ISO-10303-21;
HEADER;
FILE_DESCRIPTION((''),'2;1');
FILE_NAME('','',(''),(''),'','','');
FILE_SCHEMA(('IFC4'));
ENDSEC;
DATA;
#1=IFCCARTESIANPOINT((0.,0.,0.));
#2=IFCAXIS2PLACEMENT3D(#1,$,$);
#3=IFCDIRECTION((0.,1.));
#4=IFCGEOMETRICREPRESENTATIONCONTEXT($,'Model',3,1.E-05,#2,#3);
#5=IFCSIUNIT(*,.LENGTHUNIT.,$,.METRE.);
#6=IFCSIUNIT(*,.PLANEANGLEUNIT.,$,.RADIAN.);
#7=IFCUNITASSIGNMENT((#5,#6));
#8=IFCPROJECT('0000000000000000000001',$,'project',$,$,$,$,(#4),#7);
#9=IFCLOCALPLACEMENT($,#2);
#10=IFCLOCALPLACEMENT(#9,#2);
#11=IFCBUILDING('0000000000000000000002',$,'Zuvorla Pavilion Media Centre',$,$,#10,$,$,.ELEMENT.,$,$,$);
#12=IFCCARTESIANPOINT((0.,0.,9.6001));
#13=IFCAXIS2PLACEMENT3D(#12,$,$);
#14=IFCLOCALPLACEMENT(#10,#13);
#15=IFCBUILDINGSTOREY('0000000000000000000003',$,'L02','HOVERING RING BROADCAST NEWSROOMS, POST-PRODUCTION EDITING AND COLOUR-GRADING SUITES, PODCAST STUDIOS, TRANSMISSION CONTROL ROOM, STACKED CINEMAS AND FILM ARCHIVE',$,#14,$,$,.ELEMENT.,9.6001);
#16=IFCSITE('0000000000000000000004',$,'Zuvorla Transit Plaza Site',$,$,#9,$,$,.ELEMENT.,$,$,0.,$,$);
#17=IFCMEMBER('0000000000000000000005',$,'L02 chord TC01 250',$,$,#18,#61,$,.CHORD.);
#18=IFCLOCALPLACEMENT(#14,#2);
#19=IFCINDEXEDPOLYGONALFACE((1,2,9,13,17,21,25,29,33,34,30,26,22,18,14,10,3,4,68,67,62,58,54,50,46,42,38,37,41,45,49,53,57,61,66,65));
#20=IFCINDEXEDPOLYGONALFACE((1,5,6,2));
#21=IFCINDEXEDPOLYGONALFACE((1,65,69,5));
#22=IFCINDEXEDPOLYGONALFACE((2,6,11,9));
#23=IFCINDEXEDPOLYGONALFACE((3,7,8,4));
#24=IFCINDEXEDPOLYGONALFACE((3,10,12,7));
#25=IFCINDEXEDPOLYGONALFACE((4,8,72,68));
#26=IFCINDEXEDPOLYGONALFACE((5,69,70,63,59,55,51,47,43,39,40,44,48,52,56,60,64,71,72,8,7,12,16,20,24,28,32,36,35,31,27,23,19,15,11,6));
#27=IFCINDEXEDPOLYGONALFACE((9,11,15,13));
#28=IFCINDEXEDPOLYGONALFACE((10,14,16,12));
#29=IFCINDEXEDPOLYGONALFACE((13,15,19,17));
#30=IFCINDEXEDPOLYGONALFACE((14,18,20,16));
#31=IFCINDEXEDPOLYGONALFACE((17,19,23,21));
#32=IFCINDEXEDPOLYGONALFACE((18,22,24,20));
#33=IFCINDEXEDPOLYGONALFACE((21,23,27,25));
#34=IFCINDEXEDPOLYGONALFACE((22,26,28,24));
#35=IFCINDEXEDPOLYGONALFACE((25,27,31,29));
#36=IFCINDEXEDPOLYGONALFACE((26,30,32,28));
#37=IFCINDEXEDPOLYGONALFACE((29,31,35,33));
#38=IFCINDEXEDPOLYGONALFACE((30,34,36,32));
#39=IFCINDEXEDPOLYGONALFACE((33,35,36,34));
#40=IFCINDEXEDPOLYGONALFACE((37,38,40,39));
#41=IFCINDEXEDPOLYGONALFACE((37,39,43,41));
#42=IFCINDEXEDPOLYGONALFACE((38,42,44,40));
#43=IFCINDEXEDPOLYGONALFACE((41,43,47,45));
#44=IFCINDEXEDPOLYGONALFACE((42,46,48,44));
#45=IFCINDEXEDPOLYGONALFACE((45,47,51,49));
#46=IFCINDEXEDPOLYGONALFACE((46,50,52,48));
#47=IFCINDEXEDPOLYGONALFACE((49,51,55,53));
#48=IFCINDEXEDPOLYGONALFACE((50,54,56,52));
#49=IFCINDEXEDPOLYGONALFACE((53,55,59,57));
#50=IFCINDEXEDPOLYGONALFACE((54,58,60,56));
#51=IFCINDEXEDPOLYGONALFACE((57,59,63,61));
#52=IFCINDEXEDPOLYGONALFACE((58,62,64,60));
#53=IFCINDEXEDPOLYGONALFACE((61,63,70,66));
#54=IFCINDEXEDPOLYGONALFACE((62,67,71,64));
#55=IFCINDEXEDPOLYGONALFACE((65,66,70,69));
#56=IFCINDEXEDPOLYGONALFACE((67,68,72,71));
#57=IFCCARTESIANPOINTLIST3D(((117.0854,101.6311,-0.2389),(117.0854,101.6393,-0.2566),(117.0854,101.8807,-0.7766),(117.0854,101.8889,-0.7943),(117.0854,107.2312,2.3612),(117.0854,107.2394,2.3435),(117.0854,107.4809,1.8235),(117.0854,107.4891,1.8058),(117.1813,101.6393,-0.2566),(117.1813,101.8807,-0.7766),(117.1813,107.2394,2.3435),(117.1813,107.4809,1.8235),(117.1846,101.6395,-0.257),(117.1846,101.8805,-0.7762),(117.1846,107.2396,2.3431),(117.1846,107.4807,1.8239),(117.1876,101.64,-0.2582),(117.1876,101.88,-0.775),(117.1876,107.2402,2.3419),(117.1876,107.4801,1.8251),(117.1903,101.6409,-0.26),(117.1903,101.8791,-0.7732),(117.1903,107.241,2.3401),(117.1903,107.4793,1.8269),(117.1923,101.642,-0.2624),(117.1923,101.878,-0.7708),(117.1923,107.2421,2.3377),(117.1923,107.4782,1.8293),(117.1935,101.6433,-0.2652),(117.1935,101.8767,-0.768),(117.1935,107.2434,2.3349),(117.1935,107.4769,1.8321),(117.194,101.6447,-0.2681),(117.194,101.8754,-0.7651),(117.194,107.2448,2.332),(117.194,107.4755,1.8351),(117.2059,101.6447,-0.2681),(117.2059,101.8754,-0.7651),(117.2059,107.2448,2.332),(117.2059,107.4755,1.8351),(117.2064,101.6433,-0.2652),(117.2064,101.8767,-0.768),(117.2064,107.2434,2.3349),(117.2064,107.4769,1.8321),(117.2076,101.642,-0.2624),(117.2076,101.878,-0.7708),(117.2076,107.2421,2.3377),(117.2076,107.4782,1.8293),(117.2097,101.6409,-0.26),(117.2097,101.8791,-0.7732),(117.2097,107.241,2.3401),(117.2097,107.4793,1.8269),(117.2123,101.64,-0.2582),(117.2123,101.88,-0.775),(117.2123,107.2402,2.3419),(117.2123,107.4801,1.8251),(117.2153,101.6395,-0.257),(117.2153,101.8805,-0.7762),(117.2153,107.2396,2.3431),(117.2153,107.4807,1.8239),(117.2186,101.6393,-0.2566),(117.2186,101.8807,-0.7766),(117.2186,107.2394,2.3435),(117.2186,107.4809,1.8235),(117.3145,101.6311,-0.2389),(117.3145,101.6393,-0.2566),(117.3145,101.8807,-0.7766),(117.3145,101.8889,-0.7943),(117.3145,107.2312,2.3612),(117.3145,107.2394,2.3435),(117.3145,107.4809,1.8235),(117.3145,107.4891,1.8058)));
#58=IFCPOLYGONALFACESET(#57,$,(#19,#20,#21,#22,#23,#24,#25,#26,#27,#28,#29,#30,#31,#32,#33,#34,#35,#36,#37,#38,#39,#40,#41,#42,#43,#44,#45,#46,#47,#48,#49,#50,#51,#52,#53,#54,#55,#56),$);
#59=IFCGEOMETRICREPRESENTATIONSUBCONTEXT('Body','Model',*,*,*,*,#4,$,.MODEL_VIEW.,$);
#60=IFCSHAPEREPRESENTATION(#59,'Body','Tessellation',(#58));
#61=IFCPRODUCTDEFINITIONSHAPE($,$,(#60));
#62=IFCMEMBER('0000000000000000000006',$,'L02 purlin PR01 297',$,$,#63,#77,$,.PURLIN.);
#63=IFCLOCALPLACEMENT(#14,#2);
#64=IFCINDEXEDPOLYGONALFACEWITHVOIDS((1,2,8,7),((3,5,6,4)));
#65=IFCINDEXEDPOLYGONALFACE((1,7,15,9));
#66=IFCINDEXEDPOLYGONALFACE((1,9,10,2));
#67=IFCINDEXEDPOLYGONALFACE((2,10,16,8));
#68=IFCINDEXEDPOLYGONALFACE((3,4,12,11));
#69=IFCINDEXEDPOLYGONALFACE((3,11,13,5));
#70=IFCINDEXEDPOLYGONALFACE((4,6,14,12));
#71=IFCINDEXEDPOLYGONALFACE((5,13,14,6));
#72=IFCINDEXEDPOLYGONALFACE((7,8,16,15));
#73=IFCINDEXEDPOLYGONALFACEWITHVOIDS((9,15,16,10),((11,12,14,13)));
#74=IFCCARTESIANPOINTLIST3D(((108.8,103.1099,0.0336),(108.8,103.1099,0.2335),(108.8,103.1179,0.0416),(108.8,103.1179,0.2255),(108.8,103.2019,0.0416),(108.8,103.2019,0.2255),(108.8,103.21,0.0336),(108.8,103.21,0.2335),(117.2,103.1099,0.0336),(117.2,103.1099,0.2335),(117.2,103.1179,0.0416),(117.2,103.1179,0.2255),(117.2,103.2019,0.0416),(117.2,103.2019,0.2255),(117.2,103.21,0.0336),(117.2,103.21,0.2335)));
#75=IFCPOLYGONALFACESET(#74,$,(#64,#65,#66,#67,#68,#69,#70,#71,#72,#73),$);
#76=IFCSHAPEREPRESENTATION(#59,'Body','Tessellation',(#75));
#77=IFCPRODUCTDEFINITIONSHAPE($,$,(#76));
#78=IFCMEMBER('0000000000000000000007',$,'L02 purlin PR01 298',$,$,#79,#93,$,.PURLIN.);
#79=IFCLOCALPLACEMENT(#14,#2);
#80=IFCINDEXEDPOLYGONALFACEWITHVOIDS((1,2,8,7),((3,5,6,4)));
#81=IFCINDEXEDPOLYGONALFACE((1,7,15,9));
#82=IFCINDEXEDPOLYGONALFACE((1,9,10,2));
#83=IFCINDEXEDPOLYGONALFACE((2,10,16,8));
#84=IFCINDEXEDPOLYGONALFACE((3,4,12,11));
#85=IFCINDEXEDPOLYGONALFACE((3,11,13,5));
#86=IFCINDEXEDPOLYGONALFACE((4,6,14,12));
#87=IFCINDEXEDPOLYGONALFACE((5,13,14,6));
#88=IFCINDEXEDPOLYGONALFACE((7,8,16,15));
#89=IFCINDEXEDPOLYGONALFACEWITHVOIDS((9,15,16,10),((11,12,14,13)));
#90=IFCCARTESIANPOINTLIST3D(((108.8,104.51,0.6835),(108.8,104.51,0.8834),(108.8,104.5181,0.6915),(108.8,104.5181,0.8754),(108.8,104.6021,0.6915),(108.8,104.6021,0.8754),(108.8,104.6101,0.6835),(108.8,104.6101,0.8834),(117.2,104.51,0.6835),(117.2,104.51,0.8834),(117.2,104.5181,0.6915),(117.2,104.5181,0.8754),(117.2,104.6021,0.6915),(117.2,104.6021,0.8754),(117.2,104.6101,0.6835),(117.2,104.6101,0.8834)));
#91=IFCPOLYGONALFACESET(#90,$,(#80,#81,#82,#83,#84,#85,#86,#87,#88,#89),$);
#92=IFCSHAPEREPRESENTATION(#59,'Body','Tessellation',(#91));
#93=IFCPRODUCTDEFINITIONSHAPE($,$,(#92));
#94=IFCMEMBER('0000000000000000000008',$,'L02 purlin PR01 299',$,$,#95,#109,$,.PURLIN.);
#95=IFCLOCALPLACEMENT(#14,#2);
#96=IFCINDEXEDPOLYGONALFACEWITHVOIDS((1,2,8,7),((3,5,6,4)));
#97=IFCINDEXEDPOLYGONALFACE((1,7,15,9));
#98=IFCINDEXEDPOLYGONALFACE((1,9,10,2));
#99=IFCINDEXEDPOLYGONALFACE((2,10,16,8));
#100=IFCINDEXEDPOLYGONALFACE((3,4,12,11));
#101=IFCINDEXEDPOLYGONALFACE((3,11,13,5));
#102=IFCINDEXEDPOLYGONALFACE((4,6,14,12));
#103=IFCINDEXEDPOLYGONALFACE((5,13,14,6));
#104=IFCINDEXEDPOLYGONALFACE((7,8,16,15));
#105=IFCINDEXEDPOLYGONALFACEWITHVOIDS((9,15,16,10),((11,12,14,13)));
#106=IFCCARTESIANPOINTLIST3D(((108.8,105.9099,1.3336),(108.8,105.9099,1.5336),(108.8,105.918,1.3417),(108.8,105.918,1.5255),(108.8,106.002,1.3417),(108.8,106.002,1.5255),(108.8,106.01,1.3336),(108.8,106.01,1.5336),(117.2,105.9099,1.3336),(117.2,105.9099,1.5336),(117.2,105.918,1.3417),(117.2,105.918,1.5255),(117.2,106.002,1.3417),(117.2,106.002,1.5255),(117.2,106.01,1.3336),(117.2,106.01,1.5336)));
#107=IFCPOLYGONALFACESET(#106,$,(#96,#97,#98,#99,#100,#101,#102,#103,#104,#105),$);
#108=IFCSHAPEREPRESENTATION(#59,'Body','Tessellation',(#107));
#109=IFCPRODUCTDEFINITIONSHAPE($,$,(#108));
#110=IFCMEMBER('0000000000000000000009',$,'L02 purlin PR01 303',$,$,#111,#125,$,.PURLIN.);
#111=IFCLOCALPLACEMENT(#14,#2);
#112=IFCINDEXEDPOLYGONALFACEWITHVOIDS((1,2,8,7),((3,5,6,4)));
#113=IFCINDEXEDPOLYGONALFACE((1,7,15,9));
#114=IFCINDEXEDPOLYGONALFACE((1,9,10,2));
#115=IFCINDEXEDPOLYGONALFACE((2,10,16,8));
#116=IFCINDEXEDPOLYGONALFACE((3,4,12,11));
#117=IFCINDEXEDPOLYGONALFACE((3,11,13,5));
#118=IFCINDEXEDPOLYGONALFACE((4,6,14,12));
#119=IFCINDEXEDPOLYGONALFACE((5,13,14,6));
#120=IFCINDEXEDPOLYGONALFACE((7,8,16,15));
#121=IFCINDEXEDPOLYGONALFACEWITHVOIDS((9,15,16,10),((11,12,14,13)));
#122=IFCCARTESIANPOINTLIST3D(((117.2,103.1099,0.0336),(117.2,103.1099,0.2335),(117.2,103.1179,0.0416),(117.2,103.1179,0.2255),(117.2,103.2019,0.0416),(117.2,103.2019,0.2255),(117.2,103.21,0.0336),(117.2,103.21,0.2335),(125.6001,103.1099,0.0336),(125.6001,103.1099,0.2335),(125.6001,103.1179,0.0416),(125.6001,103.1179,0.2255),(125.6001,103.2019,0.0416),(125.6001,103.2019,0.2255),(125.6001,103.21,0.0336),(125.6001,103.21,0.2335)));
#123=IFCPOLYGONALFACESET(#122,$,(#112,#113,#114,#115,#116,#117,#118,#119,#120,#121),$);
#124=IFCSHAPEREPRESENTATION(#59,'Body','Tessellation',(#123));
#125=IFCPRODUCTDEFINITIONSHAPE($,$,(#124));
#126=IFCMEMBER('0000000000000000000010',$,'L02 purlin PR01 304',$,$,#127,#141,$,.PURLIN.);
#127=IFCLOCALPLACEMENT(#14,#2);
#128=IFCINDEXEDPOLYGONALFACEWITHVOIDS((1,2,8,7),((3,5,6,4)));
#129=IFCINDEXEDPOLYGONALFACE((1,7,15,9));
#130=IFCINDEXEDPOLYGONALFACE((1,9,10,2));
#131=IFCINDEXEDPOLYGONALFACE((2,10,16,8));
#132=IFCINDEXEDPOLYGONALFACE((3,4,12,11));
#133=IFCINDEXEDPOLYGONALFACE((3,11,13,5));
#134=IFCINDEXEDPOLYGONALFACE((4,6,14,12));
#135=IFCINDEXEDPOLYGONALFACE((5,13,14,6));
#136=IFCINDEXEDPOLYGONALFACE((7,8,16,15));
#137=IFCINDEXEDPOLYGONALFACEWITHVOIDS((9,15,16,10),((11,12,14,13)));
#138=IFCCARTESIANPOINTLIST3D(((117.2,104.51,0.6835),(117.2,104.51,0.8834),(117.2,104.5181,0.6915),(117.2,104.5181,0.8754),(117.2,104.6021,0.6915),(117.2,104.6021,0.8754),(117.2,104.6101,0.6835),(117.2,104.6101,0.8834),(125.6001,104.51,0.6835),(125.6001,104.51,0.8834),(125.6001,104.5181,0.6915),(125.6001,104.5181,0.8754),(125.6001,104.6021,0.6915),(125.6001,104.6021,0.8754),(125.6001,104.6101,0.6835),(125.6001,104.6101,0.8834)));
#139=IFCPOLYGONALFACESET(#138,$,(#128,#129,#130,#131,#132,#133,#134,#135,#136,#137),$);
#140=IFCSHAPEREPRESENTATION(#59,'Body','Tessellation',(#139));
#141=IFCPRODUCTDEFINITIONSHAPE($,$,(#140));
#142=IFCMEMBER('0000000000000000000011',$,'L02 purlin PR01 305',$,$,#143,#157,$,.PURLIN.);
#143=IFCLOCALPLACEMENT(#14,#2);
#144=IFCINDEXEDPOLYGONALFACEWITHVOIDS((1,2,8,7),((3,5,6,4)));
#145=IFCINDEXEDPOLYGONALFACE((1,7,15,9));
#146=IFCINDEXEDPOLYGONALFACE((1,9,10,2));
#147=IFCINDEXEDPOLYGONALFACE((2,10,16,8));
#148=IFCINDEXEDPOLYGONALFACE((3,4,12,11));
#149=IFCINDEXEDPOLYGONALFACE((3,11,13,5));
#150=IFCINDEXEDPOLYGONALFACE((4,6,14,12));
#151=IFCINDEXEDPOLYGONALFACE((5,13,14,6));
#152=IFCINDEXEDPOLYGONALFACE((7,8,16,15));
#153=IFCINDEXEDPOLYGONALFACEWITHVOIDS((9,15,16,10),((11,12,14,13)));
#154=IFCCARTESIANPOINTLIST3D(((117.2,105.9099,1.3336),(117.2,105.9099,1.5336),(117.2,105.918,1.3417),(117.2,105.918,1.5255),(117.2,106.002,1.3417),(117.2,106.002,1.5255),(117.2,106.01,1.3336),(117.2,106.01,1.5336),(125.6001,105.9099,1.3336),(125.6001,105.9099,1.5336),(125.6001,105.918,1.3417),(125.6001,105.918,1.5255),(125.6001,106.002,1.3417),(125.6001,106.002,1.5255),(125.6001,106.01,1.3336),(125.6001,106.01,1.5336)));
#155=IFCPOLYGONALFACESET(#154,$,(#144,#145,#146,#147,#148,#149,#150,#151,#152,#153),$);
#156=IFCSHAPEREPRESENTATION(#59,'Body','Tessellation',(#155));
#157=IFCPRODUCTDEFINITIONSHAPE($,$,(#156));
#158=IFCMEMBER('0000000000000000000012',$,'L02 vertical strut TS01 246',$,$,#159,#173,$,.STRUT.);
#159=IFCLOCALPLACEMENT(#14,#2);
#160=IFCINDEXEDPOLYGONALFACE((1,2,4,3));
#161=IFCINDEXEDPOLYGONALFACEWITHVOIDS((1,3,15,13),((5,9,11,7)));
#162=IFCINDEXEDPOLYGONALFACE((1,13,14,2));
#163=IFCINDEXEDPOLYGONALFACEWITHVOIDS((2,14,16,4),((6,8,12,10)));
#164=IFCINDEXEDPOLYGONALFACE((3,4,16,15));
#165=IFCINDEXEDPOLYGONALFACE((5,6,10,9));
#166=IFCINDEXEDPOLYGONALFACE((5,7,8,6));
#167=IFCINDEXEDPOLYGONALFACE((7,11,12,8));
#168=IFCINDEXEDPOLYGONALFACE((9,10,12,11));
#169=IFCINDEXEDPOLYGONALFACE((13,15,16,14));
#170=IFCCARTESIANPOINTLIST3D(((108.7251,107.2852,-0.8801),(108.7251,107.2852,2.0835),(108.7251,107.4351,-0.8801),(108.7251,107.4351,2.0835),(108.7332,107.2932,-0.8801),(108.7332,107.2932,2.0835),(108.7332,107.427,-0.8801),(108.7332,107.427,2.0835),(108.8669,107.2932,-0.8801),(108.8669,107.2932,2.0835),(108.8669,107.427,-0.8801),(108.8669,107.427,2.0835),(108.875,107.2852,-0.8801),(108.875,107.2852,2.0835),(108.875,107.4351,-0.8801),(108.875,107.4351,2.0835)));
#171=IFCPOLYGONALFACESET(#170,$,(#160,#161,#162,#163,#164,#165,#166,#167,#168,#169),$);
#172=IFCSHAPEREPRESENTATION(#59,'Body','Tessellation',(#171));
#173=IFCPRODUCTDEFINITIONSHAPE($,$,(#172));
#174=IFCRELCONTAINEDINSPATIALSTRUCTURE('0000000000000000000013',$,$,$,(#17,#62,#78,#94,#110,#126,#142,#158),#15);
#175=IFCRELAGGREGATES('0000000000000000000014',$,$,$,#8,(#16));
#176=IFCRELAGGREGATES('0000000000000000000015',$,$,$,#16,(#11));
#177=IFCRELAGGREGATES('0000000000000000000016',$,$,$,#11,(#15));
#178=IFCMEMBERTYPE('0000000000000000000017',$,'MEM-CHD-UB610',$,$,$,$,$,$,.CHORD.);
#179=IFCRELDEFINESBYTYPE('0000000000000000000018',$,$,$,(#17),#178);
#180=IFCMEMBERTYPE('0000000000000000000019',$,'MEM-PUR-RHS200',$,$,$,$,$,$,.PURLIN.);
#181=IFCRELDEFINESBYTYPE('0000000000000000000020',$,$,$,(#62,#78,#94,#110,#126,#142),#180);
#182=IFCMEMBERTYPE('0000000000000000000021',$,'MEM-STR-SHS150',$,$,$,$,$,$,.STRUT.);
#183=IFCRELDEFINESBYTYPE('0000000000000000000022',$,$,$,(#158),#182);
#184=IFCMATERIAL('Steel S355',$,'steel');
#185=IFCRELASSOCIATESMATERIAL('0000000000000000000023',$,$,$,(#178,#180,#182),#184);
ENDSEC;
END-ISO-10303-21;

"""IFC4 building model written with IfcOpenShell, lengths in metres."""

from ifc_helpers import new_model, si_unit, direction, frame, origin, origin_2d, place, context, subcontext, project, spatial, hollow_rectangle, i_section, extrude, material, material_profile, profile_set, type_object, element, save


model = new_model("IFC4")

# Units and contexts
model_context = context("Model", 3, precision=1e-05, world=origin(), true_north=direction((0.0, 1.0)))
body_context = subcontext(model_context, "Body", "Model", "MODEL_VIEW")
ifc_project = project(units=[si_unit("LENGTHUNIT", "METRE"), si_unit("PLANEANGLEUNIT", "RADIAN")], contexts=[model_context])

# Site, building, storey
site_placement = place(None, origin())
site = spatial("IfcSite", under=ifc_project, at=site_placement, Name="Zuvorla Transit Plaza Site", CompositionType="ELEMENT", RefElevation=0.0)
building_placement = place(site_placement, origin())
building = spatial("IfcBuilding", under=site, at=building_placement, Name="Zuvorla Pavilion Media Centre", CompositionType="ELEMENT")
storey_placement = place(building_placement, frame((0.0, 0.0, 9.6001)))
storey = spatial("IfcBuildingStorey", under=building, at=storey_placement, Name="L02", Description="HOVERING RING BROADCAST NEWSROOMS, POST-PRODUCTION EDITING AND COLOUR-GRADING SUITES, PODCAST STUDIOS, TRANSMISSION CONTROL ROOM, STACKED CINEMAS AND FILM ARCHIVE", CompositionType="ELEMENT", Elevation=9.6001)

# Members
ifc_material_1 = material(Name="Steel S355", Category="steel")
ifc_material_profile_1 = material_profile(ifc_material_1, i_section(OverallWidth=0.229, OverallDepth=0.6123, WebThickness=0.012, FlangeThickness=0.0195, FilletRadius=0.0127, at=origin_2d()), Name="UB 610x229x125")
ifc_profile_set_1 = profile_set([ifc_material_profile_1], Name="Steel S355")
member_type_1 = type_object("IfcMemberType", Name="MEM-CHD-UB610", PredefinedType="CHORD", material=ifc_profile_set_1)
member_1_placement = place(storey_placement, frame((117.2, 101.76, -0.5166), z_axis=(0.0, 0.907006, 0.421118), x_axis=(-1.0, 0.0, 0.0)))
element("IfcMember", 1, at=member_1_placement, inside=storey, type_object=member_type_1, Name="L02 chord TC01 250", PredefinedType="CHORD", context=body_context, shape_type="SweptSolid", body=[
    extrude(i_section(OverallWidth=0.229, OverallDepth=0.6123, WebThickness=0.012, FlangeThickness=0.0195, FilletRadius=0.0127, at=origin_2d()), origin(), (0.0, 0.0, 1.0), 6.1743),
])
ifc_material_profile_2 = material_profile(ifc_material_1, hollow_rectangle(XDim=0.1001, YDim=0.2, WallThickness=0.0081, at=origin_2d()), Name="RHS 200x100x8")
ifc_profile_set_2 = profile_set([ifc_material_profile_2], Name="Steel S355")
member_type_2 = type_object("IfcMemberType", Name="MEM-PUR-RHS200", PredefinedType="PURLIN", material=ifc_profile_set_2)
for number, where, z_axis, x_axis, name in (
    (2, (108.8, 103.1599, 0.1335), (1.0, 0.0, 0.0), (0.0, 1.0, 0.0), "L02 purlin PR01 297"),
    (3, (108.8, 104.5601, 0.7834), (1.0, 0.0, 0.0), (0.0, 1.0, 0.0), "L02 purlin PR01 298"),
    (4, (108.8, 105.96, 1.4336), (1.0, 0.0, 0.0), (0.0, 1.0, 0.0), "L02 purlin PR01 299"),
):
    element("IfcMember", number, at=place(storey_placement, frame(where, z_axis=z_axis, x_axis=x_axis)), inside=storey, type_object=member_type_2, Name=name, PredefinedType="PURLIN", context=body_context, shape_type="SweptSolid", body=[
        extrude(hollow_rectangle(XDim=0.1001, YDim=0.2, WallThickness=0.0081, at=origin_2d()), origin(), (0.0, 0.0, 1.0), 8.3999),
    ])
for number, where, z_axis, x_axis, name in (
    (5, (117.2, 103.1599, 0.1335), (1.0, 0.0, 0.0), (0.0, 1.0, 0.0), "L02 purlin PR01 303"),
    (6, (117.2, 104.5601, 0.7834), (1.0, 0.0, 0.0), (0.0, 1.0, 0.0), "L02 purlin PR01 304"),
    (7, (117.2, 105.96, 1.4336), (1.0, 0.0, 0.0), (0.0, 1.0, 0.0), "L02 purlin PR01 305"),
):
    element("IfcMember", number, at=place(storey_placement, frame(where, z_axis=z_axis, x_axis=x_axis)), inside=storey, type_object=member_type_2, Name=name, PredefinedType="PURLIN", context=body_context, shape_type="SweptSolid", body=[
        extrude(hollow_rectangle(XDim=0.1001, YDim=0.2, WallThickness=0.0081, at=origin_2d()), origin(), (0.0, 0.0, 1.0), 8.4001),
    ])
ifc_material_profile_3 = material_profile(ifc_material_1, hollow_rectangle(XDim=0.1499, YDim=0.1499, WallThickness=0.0081, at=origin_2d()), Name="SHS 150x150x8")
ifc_profile_set_3 = profile_set([ifc_material_profile_3], Name="Steel S355")
member_type_3 = type_object("IfcMemberType", Name="MEM-STR-SHS150", PredefinedType="STRUT", material=ifc_profile_set_3)
member_2_placement = place(storey_placement, frame((108.8, 107.3601, -0.8801), z_axis=(0.0, 0.0, 1.0), x_axis=(1.0, 0.0, 0.0)))
element("IfcMember", 8, at=member_2_placement, inside=storey, type_object=member_type_3, Name="L02 vertical strut TS01 246", PredefinedType="STRUT", context=body_context, shape_type="SweptSolid", body=[
    extrude(hollow_rectangle(XDim=0.1499, YDim=0.1499, WallThickness=0.0081, at=origin_2d()), origin(), (0.0, 0.0, 1.0), 2.9636),
])

save(model, "model.ifc")
